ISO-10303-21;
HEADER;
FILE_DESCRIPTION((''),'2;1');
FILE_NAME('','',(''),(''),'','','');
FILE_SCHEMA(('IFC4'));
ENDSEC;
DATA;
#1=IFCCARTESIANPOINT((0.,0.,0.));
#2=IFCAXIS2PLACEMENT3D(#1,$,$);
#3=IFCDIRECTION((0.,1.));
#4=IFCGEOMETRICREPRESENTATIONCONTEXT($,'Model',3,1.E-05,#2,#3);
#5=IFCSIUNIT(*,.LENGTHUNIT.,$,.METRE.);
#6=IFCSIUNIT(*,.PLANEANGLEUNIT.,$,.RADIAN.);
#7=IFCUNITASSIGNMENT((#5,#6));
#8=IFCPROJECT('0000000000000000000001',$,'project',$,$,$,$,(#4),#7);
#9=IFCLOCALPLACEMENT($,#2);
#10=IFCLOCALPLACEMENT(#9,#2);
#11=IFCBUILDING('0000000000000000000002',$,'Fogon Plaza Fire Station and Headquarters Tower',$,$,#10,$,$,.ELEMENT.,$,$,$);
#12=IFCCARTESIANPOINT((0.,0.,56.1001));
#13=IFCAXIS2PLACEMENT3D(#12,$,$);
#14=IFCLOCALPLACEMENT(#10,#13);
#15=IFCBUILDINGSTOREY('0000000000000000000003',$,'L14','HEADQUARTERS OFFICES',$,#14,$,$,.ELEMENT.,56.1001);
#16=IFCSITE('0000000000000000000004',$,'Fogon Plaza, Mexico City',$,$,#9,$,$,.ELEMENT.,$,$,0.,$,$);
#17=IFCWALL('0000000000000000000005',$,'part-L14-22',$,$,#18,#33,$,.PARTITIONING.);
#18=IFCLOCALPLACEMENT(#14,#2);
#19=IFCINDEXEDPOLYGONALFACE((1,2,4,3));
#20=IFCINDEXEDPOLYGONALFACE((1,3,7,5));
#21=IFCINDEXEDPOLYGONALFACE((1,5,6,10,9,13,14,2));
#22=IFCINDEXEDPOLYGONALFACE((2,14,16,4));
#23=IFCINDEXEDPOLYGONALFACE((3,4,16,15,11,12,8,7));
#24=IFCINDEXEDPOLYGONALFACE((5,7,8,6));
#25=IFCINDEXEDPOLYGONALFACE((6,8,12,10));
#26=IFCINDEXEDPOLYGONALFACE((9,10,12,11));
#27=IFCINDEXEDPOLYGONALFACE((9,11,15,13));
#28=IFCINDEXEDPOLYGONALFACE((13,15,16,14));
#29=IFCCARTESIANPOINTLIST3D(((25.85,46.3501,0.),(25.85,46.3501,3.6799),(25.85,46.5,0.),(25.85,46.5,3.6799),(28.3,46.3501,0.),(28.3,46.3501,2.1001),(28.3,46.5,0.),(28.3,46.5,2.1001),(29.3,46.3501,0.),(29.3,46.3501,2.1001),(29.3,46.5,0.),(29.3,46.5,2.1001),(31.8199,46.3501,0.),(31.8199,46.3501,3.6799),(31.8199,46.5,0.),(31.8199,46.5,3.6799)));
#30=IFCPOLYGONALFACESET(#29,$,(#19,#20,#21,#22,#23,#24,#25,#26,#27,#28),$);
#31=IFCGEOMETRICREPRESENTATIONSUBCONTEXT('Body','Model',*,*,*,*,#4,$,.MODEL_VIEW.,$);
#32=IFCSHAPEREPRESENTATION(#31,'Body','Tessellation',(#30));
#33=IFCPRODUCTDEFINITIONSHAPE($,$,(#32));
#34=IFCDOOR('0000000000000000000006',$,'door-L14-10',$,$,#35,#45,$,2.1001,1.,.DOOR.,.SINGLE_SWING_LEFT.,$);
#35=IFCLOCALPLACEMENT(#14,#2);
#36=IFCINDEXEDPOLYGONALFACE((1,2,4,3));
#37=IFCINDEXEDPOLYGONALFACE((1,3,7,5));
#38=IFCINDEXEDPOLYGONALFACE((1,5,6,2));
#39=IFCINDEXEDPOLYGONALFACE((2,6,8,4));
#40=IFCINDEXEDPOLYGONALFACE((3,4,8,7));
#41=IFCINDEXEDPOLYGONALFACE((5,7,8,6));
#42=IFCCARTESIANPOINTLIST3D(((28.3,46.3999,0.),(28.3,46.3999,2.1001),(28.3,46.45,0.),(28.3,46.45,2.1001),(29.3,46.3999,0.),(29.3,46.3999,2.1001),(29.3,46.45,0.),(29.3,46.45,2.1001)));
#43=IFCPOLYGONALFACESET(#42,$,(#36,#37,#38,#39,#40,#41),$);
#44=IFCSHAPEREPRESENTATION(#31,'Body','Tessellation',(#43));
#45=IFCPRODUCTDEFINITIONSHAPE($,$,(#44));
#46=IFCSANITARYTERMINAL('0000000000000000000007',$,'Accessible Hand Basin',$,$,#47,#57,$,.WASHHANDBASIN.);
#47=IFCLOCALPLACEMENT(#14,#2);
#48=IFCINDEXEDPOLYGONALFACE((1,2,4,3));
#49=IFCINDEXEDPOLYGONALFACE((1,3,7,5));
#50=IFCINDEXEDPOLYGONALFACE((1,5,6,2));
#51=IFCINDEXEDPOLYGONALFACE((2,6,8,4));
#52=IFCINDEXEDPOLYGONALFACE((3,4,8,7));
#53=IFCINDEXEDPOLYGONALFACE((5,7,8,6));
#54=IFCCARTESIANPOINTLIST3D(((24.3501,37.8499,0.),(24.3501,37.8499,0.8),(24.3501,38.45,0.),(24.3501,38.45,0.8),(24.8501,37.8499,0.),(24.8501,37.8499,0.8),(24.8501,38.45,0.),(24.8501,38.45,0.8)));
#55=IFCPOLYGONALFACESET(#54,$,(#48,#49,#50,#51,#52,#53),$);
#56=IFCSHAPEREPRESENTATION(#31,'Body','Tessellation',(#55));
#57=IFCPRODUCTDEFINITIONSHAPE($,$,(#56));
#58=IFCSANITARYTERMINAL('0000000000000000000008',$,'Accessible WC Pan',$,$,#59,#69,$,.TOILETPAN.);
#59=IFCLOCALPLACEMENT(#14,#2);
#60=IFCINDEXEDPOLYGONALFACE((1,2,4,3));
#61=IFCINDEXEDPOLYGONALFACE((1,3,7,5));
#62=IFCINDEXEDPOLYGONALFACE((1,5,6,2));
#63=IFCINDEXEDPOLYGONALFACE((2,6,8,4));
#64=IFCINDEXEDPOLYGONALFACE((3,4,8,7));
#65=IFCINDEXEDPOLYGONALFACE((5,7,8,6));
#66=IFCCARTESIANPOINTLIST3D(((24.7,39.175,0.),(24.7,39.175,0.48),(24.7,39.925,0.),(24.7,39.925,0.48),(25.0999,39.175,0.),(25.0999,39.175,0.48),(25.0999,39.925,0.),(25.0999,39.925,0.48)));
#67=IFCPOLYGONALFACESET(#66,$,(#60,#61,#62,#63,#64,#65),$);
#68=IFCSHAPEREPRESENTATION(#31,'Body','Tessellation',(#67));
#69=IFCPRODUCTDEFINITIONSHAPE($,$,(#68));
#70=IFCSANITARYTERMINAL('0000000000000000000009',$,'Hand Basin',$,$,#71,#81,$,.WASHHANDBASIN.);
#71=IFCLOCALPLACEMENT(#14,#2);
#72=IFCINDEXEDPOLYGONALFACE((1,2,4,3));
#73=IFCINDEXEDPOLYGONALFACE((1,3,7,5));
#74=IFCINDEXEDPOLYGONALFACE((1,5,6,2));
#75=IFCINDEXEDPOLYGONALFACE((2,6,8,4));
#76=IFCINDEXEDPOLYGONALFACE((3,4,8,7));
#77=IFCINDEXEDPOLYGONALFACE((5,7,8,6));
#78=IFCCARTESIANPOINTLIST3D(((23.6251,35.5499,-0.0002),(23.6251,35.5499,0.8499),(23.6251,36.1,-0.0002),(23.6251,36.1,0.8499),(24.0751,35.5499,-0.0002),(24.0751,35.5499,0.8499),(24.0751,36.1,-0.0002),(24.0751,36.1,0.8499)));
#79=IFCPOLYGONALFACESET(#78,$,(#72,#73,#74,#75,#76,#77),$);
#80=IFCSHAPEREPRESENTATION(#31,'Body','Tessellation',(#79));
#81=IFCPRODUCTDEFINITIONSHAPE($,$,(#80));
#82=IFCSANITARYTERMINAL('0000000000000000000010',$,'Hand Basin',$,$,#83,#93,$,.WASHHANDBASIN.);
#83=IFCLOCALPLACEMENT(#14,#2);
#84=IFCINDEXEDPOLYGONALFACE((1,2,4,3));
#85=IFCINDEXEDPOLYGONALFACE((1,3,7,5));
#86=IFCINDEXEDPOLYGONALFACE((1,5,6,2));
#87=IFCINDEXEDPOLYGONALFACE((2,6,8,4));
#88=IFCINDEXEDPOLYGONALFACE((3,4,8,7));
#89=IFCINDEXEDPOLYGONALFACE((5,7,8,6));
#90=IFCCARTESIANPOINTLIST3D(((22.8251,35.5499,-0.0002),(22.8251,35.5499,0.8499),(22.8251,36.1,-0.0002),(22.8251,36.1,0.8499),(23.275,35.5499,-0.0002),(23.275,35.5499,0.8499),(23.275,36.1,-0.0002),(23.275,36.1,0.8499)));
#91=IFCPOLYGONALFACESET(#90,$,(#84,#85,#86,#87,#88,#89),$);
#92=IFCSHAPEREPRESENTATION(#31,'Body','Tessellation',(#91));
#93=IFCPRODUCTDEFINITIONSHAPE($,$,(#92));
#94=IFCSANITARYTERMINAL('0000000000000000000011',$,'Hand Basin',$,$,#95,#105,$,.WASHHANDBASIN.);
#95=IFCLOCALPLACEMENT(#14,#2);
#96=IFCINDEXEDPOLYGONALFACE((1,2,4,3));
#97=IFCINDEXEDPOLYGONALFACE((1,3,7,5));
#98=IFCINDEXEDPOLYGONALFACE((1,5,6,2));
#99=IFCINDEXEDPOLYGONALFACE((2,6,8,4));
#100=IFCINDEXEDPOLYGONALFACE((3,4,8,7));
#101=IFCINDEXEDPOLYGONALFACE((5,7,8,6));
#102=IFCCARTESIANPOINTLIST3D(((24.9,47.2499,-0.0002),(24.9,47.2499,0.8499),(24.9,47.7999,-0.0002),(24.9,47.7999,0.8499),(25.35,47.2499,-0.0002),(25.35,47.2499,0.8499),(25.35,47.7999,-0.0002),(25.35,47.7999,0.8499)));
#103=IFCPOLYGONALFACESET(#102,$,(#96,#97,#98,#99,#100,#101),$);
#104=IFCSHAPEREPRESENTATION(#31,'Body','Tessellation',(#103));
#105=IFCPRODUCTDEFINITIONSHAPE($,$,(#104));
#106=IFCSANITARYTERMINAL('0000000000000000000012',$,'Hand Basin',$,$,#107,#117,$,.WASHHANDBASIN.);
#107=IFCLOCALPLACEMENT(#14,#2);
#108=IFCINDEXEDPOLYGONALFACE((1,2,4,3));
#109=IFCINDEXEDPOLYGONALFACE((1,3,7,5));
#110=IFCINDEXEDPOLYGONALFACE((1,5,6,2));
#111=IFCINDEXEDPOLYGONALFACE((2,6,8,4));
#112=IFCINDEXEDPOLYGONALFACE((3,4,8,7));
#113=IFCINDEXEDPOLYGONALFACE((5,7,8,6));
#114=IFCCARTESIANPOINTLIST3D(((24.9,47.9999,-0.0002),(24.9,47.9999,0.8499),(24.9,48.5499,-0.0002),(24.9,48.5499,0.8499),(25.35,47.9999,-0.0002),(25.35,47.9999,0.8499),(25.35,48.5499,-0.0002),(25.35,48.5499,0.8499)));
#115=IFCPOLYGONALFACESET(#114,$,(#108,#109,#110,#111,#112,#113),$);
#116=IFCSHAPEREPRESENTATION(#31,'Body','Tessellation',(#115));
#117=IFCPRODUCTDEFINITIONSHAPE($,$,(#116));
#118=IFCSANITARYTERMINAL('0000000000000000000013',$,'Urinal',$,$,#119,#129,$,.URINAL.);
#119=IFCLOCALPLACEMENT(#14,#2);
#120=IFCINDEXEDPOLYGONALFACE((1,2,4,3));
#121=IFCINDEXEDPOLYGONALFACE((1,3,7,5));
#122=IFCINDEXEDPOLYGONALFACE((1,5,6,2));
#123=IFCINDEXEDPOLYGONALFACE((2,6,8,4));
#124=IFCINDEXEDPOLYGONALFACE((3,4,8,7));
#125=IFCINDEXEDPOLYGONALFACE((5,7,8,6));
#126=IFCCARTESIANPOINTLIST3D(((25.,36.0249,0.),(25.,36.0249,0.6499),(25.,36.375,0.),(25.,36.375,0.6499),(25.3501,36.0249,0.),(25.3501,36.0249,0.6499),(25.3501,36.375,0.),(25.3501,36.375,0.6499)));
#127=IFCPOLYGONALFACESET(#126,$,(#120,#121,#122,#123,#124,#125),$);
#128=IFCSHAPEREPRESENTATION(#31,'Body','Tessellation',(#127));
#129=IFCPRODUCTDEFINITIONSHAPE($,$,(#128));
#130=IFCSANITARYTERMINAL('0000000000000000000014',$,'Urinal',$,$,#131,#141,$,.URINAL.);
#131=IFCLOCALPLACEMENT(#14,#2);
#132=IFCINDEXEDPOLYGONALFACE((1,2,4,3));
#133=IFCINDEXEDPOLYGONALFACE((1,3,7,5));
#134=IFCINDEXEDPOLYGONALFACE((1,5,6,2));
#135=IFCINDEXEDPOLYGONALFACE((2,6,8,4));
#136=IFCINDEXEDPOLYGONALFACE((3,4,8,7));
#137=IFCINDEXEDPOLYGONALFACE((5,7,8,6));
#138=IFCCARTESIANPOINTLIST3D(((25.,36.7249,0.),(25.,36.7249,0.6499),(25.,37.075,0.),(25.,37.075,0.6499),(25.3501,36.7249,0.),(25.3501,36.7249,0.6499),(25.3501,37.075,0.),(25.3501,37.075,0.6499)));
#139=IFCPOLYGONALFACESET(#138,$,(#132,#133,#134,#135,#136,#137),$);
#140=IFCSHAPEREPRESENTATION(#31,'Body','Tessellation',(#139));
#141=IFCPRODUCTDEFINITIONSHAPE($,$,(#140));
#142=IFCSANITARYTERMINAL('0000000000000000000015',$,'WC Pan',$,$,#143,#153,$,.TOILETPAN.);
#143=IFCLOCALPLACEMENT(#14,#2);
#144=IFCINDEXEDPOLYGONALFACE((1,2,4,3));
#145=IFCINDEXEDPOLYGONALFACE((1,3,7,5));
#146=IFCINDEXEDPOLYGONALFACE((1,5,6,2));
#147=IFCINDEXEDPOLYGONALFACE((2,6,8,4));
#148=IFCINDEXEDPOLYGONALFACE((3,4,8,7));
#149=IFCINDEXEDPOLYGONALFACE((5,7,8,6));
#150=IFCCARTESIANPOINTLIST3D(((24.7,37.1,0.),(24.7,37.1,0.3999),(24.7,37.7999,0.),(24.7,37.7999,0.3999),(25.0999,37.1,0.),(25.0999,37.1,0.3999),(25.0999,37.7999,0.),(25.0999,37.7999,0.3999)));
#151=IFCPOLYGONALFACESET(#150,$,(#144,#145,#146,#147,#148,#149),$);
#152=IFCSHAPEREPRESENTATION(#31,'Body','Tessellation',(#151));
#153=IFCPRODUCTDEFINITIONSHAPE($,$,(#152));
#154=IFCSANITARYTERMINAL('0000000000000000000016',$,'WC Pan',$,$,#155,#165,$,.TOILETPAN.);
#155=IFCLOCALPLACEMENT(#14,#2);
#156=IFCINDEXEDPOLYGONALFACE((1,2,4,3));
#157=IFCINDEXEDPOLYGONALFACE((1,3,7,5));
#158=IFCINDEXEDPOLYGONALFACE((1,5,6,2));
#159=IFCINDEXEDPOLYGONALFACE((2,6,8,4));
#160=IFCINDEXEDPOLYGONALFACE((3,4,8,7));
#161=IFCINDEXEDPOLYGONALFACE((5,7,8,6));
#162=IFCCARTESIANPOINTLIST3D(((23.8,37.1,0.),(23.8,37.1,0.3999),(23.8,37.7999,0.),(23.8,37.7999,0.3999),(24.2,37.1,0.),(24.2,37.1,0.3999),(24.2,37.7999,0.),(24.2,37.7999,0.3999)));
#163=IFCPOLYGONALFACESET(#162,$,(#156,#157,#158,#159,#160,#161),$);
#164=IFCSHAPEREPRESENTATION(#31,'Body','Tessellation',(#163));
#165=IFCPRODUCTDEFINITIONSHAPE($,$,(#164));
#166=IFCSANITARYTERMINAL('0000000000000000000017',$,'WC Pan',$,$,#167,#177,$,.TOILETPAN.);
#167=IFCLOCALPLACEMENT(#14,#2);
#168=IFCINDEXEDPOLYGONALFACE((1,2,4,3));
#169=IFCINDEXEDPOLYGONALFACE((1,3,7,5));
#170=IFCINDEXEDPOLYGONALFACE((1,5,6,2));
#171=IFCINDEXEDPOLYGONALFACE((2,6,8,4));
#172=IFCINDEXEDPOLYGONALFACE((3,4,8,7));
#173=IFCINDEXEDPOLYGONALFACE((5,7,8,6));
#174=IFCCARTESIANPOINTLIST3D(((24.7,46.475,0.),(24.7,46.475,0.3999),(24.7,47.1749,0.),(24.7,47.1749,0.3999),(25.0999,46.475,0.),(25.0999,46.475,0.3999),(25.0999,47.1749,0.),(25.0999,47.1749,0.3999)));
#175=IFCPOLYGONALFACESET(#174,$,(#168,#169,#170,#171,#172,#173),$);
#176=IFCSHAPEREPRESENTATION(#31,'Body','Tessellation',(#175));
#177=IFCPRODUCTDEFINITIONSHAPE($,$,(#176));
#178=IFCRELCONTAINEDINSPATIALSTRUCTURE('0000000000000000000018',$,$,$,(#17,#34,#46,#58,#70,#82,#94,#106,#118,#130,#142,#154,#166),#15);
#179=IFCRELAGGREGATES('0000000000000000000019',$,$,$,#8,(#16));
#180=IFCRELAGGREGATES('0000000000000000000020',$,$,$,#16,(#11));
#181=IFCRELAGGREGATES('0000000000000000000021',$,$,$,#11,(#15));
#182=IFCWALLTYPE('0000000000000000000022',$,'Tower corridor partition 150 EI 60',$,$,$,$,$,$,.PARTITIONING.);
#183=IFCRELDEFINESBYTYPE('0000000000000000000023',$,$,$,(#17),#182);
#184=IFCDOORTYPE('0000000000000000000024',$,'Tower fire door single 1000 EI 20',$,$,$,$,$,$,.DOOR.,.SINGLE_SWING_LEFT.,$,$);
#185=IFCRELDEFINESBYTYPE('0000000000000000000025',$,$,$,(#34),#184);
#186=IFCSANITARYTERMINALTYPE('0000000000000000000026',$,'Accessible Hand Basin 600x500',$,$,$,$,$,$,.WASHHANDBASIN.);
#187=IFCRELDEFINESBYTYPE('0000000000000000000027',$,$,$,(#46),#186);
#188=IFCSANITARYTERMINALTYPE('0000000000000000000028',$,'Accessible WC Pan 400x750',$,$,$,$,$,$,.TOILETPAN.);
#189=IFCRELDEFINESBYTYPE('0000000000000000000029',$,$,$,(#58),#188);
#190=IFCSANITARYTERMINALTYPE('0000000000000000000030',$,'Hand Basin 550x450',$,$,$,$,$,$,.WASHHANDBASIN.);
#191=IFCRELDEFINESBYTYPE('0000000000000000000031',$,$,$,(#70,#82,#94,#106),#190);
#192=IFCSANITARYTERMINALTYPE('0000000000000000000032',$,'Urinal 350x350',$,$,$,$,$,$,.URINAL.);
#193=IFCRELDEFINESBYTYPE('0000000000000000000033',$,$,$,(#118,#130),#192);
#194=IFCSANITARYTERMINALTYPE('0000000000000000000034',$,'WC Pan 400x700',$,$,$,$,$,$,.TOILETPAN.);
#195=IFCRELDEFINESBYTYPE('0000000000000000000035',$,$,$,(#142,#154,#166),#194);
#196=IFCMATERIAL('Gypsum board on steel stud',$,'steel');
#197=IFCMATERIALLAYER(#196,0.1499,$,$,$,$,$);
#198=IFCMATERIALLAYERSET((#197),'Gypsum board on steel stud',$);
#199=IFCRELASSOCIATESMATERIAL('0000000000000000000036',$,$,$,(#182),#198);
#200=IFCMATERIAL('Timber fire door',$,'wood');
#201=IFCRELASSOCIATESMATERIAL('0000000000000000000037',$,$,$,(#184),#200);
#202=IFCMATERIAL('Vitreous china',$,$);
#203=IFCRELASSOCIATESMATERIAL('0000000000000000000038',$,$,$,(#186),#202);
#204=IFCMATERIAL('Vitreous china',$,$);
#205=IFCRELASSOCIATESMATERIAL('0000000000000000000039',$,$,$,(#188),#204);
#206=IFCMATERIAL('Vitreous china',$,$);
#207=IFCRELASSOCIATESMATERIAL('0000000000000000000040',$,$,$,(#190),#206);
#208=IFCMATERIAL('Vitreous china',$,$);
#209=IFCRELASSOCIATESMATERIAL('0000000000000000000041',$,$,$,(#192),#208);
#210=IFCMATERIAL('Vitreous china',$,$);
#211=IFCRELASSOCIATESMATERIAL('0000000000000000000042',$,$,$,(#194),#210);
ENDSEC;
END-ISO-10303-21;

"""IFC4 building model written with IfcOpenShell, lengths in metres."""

from ifc_helpers import new_model, si_unit, direction, frame, frame_2d, origin, origin_2d, place, context, subcontext, project, spatial, rectangle, extrude, material, layer, layer_set, type_object, element, fill, save


model = new_model("IFC4")

# Units and contexts
model_context = context("Model", 3, precision=1e-05, world=origin(), true_north=direction((0.0, 1.0)))
body_context = subcontext(model_context, "Body", "Model", "MODEL_VIEW")
ifc_project = project(units=[si_unit("LENGTHUNIT", "METRE"), si_unit("PLANEANGLEUNIT", "RADIAN")], contexts=[model_context])

# Site, building, storey
site_placement = place(None, origin())
site = spatial("IfcSite", under=ifc_project, at=site_placement, Name="Fogon Plaza, Mexico City", CompositionType="ELEMENT", RefElevation=0.0)
building_placement = place(site_placement, origin())
building = spatial("IfcBuilding", under=site, at=building_placement, Name="Fogon Plaza Fire Station and Headquarters Tower", CompositionType="ELEMENT")
storey_placement = place(building_placement, frame((0.0, 0.0, 56.1001)))
storey = spatial("IfcBuildingStorey", under=building, at=storey_placement, Name="L14", Description="HEADQUARTERS OFFICES", CompositionType="ELEMENT", Elevation=56.1001)

# Wall, opening, door
ifc_material_1 = material(Name="Gypsum board on steel stud", Category="steel")
ifc_layer_1 = layer(ifc_material_1, 0.1499)
ifc_layer_set_1 = layer_set([ifc_layer_1], Name="Gypsum board on steel stud")
wall_type_1 = type_object("IfcWallType", Name="Tower corridor partition 150 EI 60", PredefinedType="PARTITIONING", material=ifc_layer_set_1)
ifc_material_2 = material(Name="Timber fire door", Category="wood")
door_type_1 = type_object("IfcDoorType", Name="Tower fire door single 1000 EI 20", OperationType="SINGLE_SWING_LEFT", PredefinedType="DOOR", material=ifc_material_2)
wall_1_placement = place(storey_placement, frame((25.8501, 46.425, 0.0), z_axis=(0.0, 0.0, 1.0), x_axis=(1.0, 0.0, 0.0)))
wall_1 = element("IfcWall", 1, at=wall_1_placement, inside=storey, type_object=wall_type_1, Name="part-L14-22", PredefinedType="PARTITIONING", context=body_context, shape_type="SweptSolid", body=[
    extrude(rectangle(XDim=5.97, YDim=0.1499, at=frame_2d((2.9849, 0.0))), origin(), (0.0, 0.0, 1.0), 3.6799),
])
opening_1_placement = place(wall_1_placement, frame((2.45, 0.0, 0.0)))
opening_1 = element("IfcOpeningElement", 2, at=opening_1_placement, cuts=wall_1, PredefinedType="OPENING", context=body_context, shape_type="SweptSolid", body=[
    extrude(rectangle(XDim=1.0, YDim=2.1001, at=frame_2d((0.5, 1.05))), frame((0.0, 0.085, 0.0), z_axis=(0.0, -1.0, 0.0), x_axis=(1.0, 0.0, 0.0)), (0.0, 0.0, 1.0), 0.1699),
])
door_1_placement = place(opening_1_placement, origin())
door_1 = element("IfcDoor", 3, at=door_1_placement, inside=storey, type_object=door_type_1, Name="door-L14-10", OperationType="SINGLE_SWING_LEFT", OverallHeight=2.1001, OverallWidth=1.0, PredefinedType="DOOR", context=body_context, shape_type="SweptSolid", body=[
    extrude(rectangle(XDim=1.0, YDim=2.1001, at=frame_2d((0.5, 1.05))), frame((0.0, 0.0249, 0.0), z_axis=(0.0, -1.0, 0.0), x_axis=(1.0, 0.0, 0.0)), (0.0, 0.0, 1.0), 0.05),
])
fill(opening_1, door_1)

# Sanitary terminals
ifc_material_3 = material(Name="Vitreous china")
sanitary_terminal_type_1 = type_object("IfcSanitaryTerminalType", Name="Accessible Hand Basin 600x500", PredefinedType="WASHHANDBASIN", material=ifc_material_3)
sanitary_terminal_1_placement = place(storey_placement, frame((24.6001, 38.1499, 0.0), z_axis=(0.0, 0.0, 1.0), x_axis=(1.0, 0.0, 0.0)))
element("IfcSanitaryTerminal", 4, at=sanitary_terminal_1_placement, inside=storey, type_object=sanitary_terminal_type_1, Name="Accessible Hand Basin", PredefinedType="WASHHANDBASIN", context=body_context, shape_type="SweptSolid", body=[
    extrude(rectangle(XDim=0.5, YDim=0.6001, at=origin_2d()), origin(), (0.0, 0.0, 1.0), 0.8),
])
ifc_material_4 = material(Name="Vitreous china")
sanitary_terminal_type_2 = type_object("IfcSanitaryTerminalType", Name="Accessible WC Pan 400x750", PredefinedType="TOILETPAN", material=ifc_material_4)
sanitary_terminal_2_placement = place(storey_placement, frame((24.8999, 39.55, 0.0), z_axis=(0.0, 0.0, 1.0), x_axis=(1.0, 0.0, 0.0)))
element("IfcSanitaryTerminal", 5, at=sanitary_terminal_2_placement, inside=storey, type_object=sanitary_terminal_type_2, Name="Accessible WC Pan", PredefinedType="TOILETPAN", context=body_context, shape_type="SweptSolid", body=[
    extrude(rectangle(XDim=0.3999, YDim=0.75, at=origin_2d()), origin(), (0.0, 0.0, 1.0), 0.48),
])
ifc_material_5 = material(Name="Vitreous china")
sanitary_terminal_type_3 = type_object("IfcSanitaryTerminalType", Name="Hand Basin 550x450", PredefinedType="WASHHANDBASIN", material=ifc_material_5)
for number, where, z_axis, x_axis, name in (
    (6, (23.8501, 35.825, -0.0002), (0.0, 0.0, 1.0), (1.0, 0.0, 0.0), "Hand Basin"),
    (7, (23.05, 35.825, -0.0002), (0.0, 0.0, 1.0), (1.0, 0.0, 0.0), "Hand Basin"),
    (8, (25.125, 47.5249, -0.0002), (0.0, 0.0, 1.0), (1.0, 0.0, 0.0), "Hand Basin"),
    (9, (25.125, 48.2749, -0.0002), (0.0, 0.0, 1.0), (1.0, 0.0, 0.0), "Hand Basin"),
):
    element("IfcSanitaryTerminal", number, at=place(storey_placement, frame(where, z_axis=z_axis, x_axis=x_axis)), inside=storey, type_object=sanitary_terminal_type_3, Name=name, PredefinedType="WASHHANDBASIN", context=body_context, shape_type="SweptSolid", body=[
        extrude(rectangle(XDim=0.45, YDim=0.55, at=origin_2d()), origin(), (0.0, 0.0, 1.0), 0.8501),
    ])
ifc_material_6 = material(Name="Vitreous china")
sanitary_terminal_type_4 = type_object("IfcSanitaryTerminalType", Name="Urinal 350x350", PredefinedType="URINAL", material=ifc_material_6)
for number, where, z_axis, x_axis, name in (
    (10, (25.175, 36.2, 0.0), (0.0, 0.0, 1.0), (1.0, 0.0, 0.0), "Urinal"),
    (11, (25.175, 36.8999, 0.0), (0.0, 0.0, 1.0), (1.0, 0.0, 0.0), "Urinal"),
):
    element("IfcSanitaryTerminal", number, at=place(storey_placement, frame(where, z_axis=z_axis, x_axis=x_axis)), inside=storey, type_object=sanitary_terminal_type_4, Name=name, PredefinedType="URINAL", context=body_context, shape_type="SweptSolid", body=[
        extrude(rectangle(XDim=0.3501, YDim=0.3501, at=origin_2d()), origin(), (0.0, 0.0, 1.0), 0.6499),
    ])
ifc_material_7 = material(Name="Vitreous china")
sanitary_terminal_type_5 = type_object("IfcSanitaryTerminalType", Name="WC Pan 400x700", PredefinedType="TOILETPAN", material=ifc_material_7)
for number, where, z_axis, x_axis, name in (
    (12, (24.8999, 37.45, 0.0), (0.0, 0.0, 1.0), (1.0, 0.0, 0.0), "WC Pan"),
    (13, (24.0, 37.45, 0.0), (0.0, 0.0, 1.0), (1.0, 0.0, 0.0), "WC Pan"),
    (14, (24.8999, 46.825, 0.0), (0.0, 0.0, 1.0), (1.0, 0.0, 0.0), "WC Pan"),
):
    element("IfcSanitaryTerminal", number, at=place(storey_placement, frame(where, z_axis=z_axis, x_axis=x_axis)), inside=storey, type_object=sanitary_terminal_type_5, Name=name, PredefinedType="TOILETPAN", context=body_context, shape_type="SweptSolid", body=[
        extrude(rectangle(XDim=0.3999, YDim=0.7, at=origin_2d()), origin(), (0.0, 0.0, 1.0), 0.3999),
    ])

save(model, "model.ifc")
